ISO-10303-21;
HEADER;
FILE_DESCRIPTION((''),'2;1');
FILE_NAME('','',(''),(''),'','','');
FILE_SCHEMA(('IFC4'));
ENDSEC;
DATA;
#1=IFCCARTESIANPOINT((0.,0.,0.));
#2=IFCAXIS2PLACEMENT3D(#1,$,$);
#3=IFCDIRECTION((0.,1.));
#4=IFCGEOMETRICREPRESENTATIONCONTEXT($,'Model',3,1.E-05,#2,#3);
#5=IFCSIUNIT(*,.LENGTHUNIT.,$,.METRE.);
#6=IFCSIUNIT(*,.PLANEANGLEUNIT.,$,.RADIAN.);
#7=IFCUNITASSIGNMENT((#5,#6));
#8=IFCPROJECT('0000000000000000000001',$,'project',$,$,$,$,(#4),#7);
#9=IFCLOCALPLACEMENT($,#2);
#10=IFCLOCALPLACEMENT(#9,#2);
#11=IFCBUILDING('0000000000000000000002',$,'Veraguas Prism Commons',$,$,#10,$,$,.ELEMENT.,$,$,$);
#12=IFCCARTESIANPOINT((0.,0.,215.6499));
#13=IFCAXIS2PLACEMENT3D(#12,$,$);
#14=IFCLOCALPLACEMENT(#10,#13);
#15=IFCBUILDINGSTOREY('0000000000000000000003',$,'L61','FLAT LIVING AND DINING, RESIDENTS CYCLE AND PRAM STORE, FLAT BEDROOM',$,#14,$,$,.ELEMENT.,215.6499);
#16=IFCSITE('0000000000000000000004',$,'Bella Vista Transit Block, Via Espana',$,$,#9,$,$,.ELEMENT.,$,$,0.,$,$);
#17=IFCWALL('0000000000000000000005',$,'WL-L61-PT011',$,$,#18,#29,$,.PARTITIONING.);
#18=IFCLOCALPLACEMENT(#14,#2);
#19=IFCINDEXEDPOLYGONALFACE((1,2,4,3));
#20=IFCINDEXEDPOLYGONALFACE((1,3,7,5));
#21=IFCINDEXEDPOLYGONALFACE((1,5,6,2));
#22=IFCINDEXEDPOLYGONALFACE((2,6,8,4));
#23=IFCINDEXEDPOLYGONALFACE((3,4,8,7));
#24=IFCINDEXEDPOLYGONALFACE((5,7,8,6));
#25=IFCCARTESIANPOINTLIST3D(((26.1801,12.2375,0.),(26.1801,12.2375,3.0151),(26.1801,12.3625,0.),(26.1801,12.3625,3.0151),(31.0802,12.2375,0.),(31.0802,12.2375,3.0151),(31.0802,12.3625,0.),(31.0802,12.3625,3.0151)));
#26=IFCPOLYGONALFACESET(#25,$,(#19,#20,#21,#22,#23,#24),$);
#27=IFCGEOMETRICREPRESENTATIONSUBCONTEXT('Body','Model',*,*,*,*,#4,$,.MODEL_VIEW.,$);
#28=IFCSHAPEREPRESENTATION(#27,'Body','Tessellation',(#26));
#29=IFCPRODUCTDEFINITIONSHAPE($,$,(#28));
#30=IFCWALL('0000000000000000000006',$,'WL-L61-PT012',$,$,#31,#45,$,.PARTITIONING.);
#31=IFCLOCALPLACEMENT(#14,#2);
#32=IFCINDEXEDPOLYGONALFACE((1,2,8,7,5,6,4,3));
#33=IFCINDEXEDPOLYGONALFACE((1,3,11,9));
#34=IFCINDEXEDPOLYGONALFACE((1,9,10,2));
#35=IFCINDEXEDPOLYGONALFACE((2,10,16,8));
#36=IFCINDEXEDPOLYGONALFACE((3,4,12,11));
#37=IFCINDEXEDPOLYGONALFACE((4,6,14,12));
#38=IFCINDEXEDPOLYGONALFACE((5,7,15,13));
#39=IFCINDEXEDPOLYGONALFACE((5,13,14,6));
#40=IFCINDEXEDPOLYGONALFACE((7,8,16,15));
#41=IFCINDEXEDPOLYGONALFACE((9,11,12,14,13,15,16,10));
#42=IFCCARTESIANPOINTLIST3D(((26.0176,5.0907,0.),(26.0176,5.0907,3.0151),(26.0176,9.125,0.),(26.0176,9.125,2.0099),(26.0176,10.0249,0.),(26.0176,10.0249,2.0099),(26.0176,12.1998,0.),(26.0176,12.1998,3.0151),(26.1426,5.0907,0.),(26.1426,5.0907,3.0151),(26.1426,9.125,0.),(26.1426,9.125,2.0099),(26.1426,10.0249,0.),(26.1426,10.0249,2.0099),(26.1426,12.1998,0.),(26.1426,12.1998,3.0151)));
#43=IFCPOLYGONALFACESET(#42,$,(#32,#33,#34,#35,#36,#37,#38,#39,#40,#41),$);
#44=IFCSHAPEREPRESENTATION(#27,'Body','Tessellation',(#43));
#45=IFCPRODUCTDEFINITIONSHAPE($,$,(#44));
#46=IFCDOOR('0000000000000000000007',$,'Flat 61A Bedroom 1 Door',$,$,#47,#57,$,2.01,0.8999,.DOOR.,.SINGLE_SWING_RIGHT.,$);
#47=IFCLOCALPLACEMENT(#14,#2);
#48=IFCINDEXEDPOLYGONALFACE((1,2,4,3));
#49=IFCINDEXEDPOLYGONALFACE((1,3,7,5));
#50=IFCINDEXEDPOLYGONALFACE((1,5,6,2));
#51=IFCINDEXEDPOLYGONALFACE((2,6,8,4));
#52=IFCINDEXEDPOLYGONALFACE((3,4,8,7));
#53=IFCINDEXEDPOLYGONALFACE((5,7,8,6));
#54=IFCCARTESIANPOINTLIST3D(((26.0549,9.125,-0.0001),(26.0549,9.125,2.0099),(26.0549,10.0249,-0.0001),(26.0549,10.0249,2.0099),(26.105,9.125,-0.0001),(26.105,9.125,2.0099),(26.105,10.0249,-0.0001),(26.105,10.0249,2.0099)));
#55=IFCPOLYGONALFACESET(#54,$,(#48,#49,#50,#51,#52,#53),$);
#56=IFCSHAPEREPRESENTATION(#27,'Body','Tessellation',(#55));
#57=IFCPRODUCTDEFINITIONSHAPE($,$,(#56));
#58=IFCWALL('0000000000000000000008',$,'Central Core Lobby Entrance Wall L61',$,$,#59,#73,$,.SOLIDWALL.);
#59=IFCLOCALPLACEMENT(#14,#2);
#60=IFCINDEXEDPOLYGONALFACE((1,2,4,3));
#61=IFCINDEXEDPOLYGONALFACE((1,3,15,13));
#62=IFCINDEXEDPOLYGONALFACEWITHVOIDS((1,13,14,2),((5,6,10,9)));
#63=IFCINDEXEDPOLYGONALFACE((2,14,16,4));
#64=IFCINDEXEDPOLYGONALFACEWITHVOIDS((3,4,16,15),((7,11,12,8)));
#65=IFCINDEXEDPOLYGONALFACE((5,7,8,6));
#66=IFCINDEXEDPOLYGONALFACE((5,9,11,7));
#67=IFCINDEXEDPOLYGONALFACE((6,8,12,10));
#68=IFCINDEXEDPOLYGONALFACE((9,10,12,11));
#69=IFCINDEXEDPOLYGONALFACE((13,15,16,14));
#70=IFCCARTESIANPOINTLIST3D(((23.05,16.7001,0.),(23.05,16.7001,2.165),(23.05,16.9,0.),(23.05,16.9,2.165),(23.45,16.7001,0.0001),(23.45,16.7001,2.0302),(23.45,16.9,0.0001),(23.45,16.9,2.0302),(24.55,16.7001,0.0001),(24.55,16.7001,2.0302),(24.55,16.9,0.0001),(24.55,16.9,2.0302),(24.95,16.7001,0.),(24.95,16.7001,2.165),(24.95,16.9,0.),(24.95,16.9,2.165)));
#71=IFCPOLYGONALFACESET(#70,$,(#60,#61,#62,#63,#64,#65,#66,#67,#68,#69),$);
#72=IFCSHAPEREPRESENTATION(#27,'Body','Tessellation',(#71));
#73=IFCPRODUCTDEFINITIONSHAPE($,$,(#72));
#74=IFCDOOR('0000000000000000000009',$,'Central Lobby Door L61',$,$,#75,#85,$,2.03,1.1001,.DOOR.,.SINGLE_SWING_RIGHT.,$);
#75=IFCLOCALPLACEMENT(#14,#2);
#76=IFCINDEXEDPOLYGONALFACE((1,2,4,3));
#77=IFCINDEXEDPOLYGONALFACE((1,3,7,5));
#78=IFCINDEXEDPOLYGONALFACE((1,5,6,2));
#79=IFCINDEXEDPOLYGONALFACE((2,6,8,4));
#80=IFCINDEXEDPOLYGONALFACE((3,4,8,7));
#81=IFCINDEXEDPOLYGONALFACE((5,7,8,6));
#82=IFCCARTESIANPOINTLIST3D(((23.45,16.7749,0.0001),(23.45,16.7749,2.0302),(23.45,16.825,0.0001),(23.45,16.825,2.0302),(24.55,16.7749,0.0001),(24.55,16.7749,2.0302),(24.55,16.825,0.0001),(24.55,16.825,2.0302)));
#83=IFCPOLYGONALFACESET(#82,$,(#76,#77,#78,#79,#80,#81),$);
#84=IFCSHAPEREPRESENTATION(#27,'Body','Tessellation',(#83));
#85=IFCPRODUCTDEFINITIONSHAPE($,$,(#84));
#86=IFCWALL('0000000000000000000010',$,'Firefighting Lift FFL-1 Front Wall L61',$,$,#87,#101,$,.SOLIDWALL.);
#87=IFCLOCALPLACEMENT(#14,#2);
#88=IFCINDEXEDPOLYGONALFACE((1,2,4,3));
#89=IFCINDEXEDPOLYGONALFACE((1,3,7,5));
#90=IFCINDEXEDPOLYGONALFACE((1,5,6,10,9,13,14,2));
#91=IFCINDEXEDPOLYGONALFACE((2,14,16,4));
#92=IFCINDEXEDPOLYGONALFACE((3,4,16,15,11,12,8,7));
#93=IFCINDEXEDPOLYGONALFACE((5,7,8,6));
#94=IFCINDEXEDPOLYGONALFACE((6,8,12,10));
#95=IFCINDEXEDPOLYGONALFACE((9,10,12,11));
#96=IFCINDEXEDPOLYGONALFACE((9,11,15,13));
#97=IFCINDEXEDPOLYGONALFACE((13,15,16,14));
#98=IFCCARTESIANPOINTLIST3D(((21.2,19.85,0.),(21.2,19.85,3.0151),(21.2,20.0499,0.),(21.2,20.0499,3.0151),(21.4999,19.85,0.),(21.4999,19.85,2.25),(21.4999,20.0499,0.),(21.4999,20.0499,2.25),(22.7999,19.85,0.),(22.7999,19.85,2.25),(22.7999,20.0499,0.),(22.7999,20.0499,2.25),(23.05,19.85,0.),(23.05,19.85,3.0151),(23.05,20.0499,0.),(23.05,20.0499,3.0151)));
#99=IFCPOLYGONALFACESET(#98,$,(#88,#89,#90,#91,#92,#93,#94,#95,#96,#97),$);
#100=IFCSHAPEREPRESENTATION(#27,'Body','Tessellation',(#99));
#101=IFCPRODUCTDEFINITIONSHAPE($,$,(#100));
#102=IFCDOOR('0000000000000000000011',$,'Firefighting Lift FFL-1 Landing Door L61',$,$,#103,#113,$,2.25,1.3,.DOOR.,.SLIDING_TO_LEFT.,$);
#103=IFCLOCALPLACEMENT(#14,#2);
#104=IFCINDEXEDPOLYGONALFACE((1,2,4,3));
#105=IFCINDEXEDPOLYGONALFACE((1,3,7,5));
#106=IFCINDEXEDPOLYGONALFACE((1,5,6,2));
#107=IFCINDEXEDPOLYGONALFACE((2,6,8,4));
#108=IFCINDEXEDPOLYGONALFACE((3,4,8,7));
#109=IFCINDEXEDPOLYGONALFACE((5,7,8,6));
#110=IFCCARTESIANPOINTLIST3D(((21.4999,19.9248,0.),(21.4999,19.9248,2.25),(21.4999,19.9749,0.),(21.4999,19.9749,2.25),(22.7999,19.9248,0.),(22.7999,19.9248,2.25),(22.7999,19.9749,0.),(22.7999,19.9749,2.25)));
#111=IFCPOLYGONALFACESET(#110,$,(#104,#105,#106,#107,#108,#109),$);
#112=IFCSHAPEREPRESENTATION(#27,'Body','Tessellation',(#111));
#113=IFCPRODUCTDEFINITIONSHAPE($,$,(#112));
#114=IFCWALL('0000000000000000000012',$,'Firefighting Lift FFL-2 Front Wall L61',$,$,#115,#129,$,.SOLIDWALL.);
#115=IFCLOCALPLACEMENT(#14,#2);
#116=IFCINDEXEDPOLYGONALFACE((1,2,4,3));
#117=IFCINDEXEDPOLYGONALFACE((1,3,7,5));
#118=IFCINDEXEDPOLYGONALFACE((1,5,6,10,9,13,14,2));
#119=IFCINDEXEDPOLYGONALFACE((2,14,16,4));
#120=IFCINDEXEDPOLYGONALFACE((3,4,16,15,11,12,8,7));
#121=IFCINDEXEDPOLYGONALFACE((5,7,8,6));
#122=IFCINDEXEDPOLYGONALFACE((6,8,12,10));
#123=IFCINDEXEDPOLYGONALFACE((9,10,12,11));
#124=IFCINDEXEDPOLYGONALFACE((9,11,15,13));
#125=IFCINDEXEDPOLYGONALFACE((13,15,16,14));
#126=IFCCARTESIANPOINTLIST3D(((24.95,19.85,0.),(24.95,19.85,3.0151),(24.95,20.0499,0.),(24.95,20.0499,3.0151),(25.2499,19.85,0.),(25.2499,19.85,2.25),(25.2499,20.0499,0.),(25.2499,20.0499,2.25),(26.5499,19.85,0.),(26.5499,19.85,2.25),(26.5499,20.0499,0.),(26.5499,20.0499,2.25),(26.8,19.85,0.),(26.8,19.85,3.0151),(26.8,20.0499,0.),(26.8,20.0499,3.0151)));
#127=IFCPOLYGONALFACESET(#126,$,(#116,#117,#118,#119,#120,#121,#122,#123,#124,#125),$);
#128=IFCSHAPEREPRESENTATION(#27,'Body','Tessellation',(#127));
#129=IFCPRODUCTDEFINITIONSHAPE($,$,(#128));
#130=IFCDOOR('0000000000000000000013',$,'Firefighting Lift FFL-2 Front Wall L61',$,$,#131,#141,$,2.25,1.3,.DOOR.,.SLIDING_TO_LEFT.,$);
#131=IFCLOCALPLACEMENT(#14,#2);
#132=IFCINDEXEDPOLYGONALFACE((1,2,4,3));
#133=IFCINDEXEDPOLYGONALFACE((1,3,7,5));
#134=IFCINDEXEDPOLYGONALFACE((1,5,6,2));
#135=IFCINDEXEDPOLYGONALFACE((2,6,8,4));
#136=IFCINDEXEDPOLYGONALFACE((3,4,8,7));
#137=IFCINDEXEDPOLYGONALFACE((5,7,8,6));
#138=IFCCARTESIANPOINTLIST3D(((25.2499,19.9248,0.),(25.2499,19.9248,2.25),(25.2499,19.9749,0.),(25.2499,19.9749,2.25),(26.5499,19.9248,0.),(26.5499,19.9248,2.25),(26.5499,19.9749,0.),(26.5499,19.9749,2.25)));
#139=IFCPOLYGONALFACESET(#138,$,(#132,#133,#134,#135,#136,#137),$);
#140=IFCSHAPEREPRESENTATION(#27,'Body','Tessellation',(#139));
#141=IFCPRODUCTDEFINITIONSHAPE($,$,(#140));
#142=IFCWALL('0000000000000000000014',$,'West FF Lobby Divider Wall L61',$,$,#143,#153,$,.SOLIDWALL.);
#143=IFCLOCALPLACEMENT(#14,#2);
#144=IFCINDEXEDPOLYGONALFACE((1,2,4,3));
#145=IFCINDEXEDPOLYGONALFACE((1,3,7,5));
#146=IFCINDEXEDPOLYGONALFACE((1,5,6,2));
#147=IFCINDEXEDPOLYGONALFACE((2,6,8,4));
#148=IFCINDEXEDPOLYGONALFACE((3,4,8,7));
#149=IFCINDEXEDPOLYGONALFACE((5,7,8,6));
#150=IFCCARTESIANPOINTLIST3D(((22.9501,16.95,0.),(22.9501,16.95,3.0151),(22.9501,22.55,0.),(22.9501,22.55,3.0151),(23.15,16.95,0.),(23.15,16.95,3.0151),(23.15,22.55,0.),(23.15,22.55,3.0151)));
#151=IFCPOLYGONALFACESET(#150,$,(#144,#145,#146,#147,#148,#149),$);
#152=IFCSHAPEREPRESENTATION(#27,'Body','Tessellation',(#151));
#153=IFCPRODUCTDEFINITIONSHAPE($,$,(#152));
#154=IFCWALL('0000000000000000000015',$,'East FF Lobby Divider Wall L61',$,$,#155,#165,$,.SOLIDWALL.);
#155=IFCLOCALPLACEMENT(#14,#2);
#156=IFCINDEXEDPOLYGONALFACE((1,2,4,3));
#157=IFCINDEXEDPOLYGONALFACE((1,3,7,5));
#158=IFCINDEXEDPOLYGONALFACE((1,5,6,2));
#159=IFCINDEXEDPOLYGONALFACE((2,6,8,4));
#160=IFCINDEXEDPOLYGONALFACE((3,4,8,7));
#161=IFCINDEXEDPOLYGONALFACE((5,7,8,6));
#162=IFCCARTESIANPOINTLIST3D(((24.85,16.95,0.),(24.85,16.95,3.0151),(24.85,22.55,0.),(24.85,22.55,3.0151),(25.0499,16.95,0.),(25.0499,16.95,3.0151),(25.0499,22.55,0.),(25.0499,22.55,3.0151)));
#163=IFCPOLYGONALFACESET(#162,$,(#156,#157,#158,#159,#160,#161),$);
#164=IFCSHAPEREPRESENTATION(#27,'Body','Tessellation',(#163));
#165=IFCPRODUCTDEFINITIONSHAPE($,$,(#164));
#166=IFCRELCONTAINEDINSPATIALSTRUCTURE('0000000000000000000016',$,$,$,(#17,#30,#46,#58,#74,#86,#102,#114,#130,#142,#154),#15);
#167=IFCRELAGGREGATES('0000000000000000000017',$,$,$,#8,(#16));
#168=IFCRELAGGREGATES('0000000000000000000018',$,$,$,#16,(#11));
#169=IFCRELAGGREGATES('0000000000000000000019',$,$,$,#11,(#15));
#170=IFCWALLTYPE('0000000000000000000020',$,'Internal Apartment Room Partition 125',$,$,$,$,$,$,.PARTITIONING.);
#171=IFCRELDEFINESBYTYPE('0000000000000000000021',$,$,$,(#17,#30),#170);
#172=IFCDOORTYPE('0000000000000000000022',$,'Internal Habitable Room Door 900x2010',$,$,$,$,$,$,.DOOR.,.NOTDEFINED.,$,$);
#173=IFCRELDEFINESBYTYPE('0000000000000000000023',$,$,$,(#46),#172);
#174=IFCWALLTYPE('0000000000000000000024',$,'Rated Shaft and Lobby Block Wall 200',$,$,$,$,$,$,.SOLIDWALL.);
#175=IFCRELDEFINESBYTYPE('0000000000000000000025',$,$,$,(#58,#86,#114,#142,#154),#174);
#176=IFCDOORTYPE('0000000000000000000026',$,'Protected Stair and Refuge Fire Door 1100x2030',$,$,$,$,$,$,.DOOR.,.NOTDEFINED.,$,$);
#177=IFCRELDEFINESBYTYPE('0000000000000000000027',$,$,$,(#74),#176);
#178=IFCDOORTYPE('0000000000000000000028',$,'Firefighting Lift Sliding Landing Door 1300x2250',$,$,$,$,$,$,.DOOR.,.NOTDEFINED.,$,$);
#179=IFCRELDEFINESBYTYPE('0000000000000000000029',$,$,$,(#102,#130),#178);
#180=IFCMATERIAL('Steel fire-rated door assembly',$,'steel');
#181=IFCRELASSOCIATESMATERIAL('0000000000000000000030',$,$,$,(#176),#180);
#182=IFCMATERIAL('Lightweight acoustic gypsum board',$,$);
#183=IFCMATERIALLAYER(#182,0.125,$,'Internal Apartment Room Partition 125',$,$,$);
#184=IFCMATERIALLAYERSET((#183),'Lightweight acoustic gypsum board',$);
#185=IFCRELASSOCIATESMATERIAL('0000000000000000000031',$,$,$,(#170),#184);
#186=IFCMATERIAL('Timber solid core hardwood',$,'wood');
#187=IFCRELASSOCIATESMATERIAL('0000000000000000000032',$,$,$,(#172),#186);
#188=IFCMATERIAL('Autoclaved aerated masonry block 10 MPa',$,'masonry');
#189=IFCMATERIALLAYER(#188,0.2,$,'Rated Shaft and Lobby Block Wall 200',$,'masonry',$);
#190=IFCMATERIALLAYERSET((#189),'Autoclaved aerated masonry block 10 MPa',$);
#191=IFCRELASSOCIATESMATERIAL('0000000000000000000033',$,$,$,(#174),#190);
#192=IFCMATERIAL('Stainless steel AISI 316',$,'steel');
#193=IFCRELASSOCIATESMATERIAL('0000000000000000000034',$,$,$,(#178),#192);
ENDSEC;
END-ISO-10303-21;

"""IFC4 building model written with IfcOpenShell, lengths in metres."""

from ifc_helpers import new_model, si_unit, direction, frame, frame_2d, origin, place, context, subcontext, project, spatial, rectangle, extrude, source, transform, mapped, material, layer, layer_set, type_object, element, fill, save


model = new_model("IFC4")

# Units and contexts
model_context = context("Model", 3, precision=1e-05, world=origin(), true_north=direction((0.0, 1.0)))
body_context = subcontext(model_context, "Body", "Model", "MODEL_VIEW")
ifc_project = project(units=[si_unit("LENGTHUNIT", "METRE"), si_unit("PLANEANGLEUNIT", "RADIAN")], contexts=[model_context])

# Site, building, storey
site_placement = place(None, origin())
site = spatial("IfcSite", under=ifc_project, at=site_placement, Name="Bella Vista Transit Block, Via Espana", CompositionType="ELEMENT", RefElevation=0.0)
building_placement = place(site_placement, origin())
building = spatial("IfcBuilding", under=site, at=building_placement, Name="Veraguas Prism Commons", CompositionType="ELEMENT")
storey_placement = place(building_placement, frame((0.0, 0.0, 215.6499)))
storey = spatial("IfcBuildingStorey", under=building, at=storey_placement, Name="L61", Description="FLAT LIVING AND DINING, RESIDENTS CYCLE AND PRAM STORE, FLAT BEDROOM", CompositionType="ELEMENT", Elevation=215.6499)

# Shared definitions
ifc_material_1 = material(Name="Steel fire-rated door assembly", Category="steel")
door_type_1 = type_object("IfcDoorType", Name="Protected Stair and Refuge Fire Door 1100x2030", OperationType="NOTDEFINED", PredefinedType="DOOR", material=ifc_material_1)
shared_shape_1 = source(origin(), body_context, "Body", "SweptSolid", [
    extrude(rectangle(XDim=1.1001, YDim=2.03, at=frame_2d((0.55, 1.0151))), frame((0.0, 0.0249, 0.0), z_axis=(0.0, -1.0, 0.0), x_axis=(1.0, 0.0, 0.0)), (0.0, 0.0, 1.0), 0.05),
])

# Shared definitions
ifc_material_2 = material(Name="Lightweight acoustic gypsum board")
ifc_layer_1 = layer(ifc_material_2, 0.125, Name="Internal Apartment Room Partition 125")
ifc_layer_set_1 = layer_set([ifc_layer_1], Name="Lightweight acoustic gypsum board")
wall_type_1 = type_object("IfcWallType", Name="Internal Apartment Room Partition 125", PredefinedType="PARTITIONING", material=ifc_layer_set_1)
ifc_material_3 = material(Name="Timber solid core hardwood", Category="wood")
door_type_2 = type_object("IfcDoorType", Name="Internal Habitable Room Door 900x2010", OperationType="NOTDEFINED", PredefinedType="DOOR", material=ifc_material_3)
shared_shape_2 = source(origin(), body_context, "Body", "SweptSolid", [
    extrude(rectangle(XDim=0.8999, YDim=2.01, at=frame_2d((0.45, 1.0049))), frame((0.0, 0.0249, 0.0), z_axis=(0.0, -1.0, 0.0), x_axis=(1.0, 0.0, 0.0)), (0.0, 0.0, 1.0), 0.05),
])

# Wall
wall_1_placement = place(storey_placement, frame((26.1799, 12.3, 0.0), z_axis=(0.0, 0.0, 1.0), x_axis=(1.0, 0.0, 0.0)))
element("IfcWall", 1, at=wall_1_placement, inside=storey, type_object=wall_type_1, Name="WL-L61-PT011", PredefinedType="PARTITIONING", context=body_context, shape_type="SweptSolid", body=[
    extrude(rectangle(XDim=4.9001, YDim=0.125, at=frame_2d((2.4502, 0.0))), origin(), (0.0, 0.0, 1.0), 3.0151),
])

# Walls, openings, doors
wall_2_placement = place(storey_placement, frame((26.0801, 12.2, 0.0), z_axis=(0.0, 0.0, 1.0), x_axis=(0.0, -1.0, 0.0)))
wall_2 = element("IfcWall", 2, at=wall_2_placement, inside=storey, type_object=wall_type_1, Name="WL-L61-PT012", PredefinedType="PARTITIONING", context=body_context, shape_type="SweptSolid", body=[
    extrude(rectangle(XDim=7.1091, YDim=0.125, at=frame_2d((3.5547, 0.0))), origin(), (0.0, 0.0, 1.0), 3.0151),
])
opening_1_placement = place(wall_2_placement, frame((2.175, 0.0, 0.0)))
opening_1 = element("IfcOpeningElement", 3, at=opening_1_placement, cuts=wall_2, PredefinedType="OPENING", context=body_context, shape_type="SweptSolid", body=[
    extrude(rectangle(XDim=0.8999, YDim=2.01, at=frame_2d((0.45, 1.0049))), frame((0.0, 0.0725, 0.0), z_axis=(0.0, -1.0, 0.0), x_axis=(1.0, 0.0, 0.0)), (0.0, 0.0, 1.0), 0.145),
])
door_1_placement = place(opening_1_placement, origin())
door_1 = element("IfcDoor", 4, at=door_1_placement, inside=storey, type_object=door_type_2, Name="Flat 61A Bedroom 1 Door", OperationType="SINGLE_SWING_RIGHT", OverallHeight=2.01, OverallWidth=0.8999, PredefinedType="DOOR", context=body_context, shape_type="MappedRepresentation", body=[
    mapped(shared_shape_2, transform((0.0, 0.0, 0.0), scale=1.0)),
])
fill(opening_1, door_1)
ifc_material_4 = material(Name="Autoclaved aerated masonry block 10 MPa", Category="masonry")
ifc_layer_2 = layer(ifc_material_4, 0.2, Name="Rated Shaft and Lobby Block Wall 200", Category="masonry")
ifc_layer_set_2 = layer_set([ifc_layer_2], Name="Autoclaved aerated masonry block 10 MPa")
wall_type_2 = type_object("IfcWallType", Name="Rated Shaft and Lobby Block Wall 200", PredefinedType="SOLIDWALL", material=ifc_layer_set_2)
wall_3_placement = place(storey_placement, frame((23.05, 16.8, 0.0), z_axis=(0.0, 0.0, 1.0), x_axis=(1.0, 0.0, 0.0)))
wall_3 = element("IfcWall", 5, at=wall_3_placement, inside=storey, type_object=wall_type_2, Name="Central Core Lobby Entrance Wall L61", PredefinedType="SOLIDWALL", context=body_context, shape_type="SweptSolid", body=[
    extrude(rectangle(XDim=1.8999, YDim=0.2, at=frame_2d((0.95, 0.0))), origin(), (0.0, 0.0, 1.0), 2.165),
])
opening_2_placement = place(wall_3_placement, frame((0.3999, 0.0, 0.0)))
opening_2 = element("IfcOpeningElement", 6, at=opening_2_placement, cuts=wall_3, PredefinedType="OPENING", context=body_context, shape_type="SweptSolid", body=[
    extrude(rectangle(XDim=1.1001, YDim=2.03, at=frame_2d((0.55, 1.0151))), frame((0.0, 0.1099, 0.0), z_axis=(0.0, -1.0, 0.0), x_axis=(1.0, 0.0, 0.0)), (0.0, 0.0, 1.0), 0.22),
])
door_2_placement = place(opening_2_placement, origin())
door_2 = element("IfcDoor", 7, at=door_2_placement, inside=storey, type_object=door_type_1, Name="Central Lobby Door L61", OperationType="SINGLE_SWING_RIGHT", OverallHeight=2.03, OverallWidth=1.1001, PredefinedType="DOOR", context=body_context, shape_type="MappedRepresentation", body=[
    mapped(shared_shape_1, transform((0.0, 0.0, 0.0), scale=1.0)),
])
fill(opening_2, door_2)
wall_4_placement = place(storey_placement, frame((21.2, 19.95, 0.0), z_axis=(0.0, 0.0, 1.0), x_axis=(1.0, 0.0, 0.0)))
wall_4 = element("IfcWall", 8, at=wall_4_placement, inside=storey, type_object=wall_type_2, Name="Firefighting Lift FFL-1 Front Wall L61", PredefinedType="SOLIDWALL", context=body_context, shape_type="SweptSolid", body=[
    extrude(rectangle(XDim=1.8501, YDim=0.2, at=frame_2d((0.925, 0.0))), origin(), (0.0, 0.0, 1.0), 3.0151),
])
opening_3_placement = place(wall_4_placement, frame((0.3, 0.0, 0.0)))
opening_3 = element("IfcOpeningElement", 9, at=opening_3_placement, cuts=wall_4, PredefinedType="OPENING", context=body_context, shape_type="SweptSolid", body=[
    extrude(rectangle(XDim=1.3, YDim=2.25, at=frame_2d((0.6499, 1.125))), frame((0.0, 0.1099, 0.0), z_axis=(0.0, -1.0, 0.0), x_axis=(1.0, 0.0, 0.0)), (0.0, 0.0, 1.0), 0.22),
])
ifc_material_5 = material(Name="Stainless steel AISI 316", Category="steel")
door_type_3 = type_object("IfcDoorType", Name="Firefighting Lift Sliding Landing Door 1300x2250", OperationType="NOTDEFINED", PredefinedType="DOOR", material=ifc_material_5)
shared_shape_3 = source(origin(), body_context, "Body", "SweptSolid", [
    extrude(rectangle(XDim=1.3, YDim=2.25, at=frame_2d((0.6499, 1.125))), frame((0.0, 0.0249, 0.0), z_axis=(0.0, -1.0, 0.0), x_axis=(1.0, 0.0, 0.0)), (0.0, 0.0, 1.0), 0.05),
])
door_3_placement = place(opening_3_placement, origin())
door_3 = element("IfcDoor", 10, at=door_3_placement, inside=storey, type_object=door_type_3, Name="Firefighting Lift FFL-1 Landing Door L61", OperationType="SLIDING_TO_LEFT", OverallHeight=2.25, OverallWidth=1.3, PredefinedType="DOOR", context=body_context, shape_type="MappedRepresentation", body=[
    mapped(shared_shape_3, transform((0.0, 0.0, 0.0), scale=1.0)),
])
fill(opening_3, door_3)
wall_5_placement = place(storey_placement, frame((24.95, 19.95, 0.0), z_axis=(0.0, 0.0, 1.0), x_axis=(1.0, 0.0, 0.0)))
wall_5 = element("IfcWall", 11, at=wall_5_placement, inside=storey, type_object=wall_type_2, Name="Firefighting Lift FFL-2 Front Wall L61", PredefinedType="SOLIDWALL", context=body_context, shape_type="SweptSolid", body=[
    extrude(rectangle(XDim=1.8501, YDim=0.2, at=frame_2d((0.925, 0.0))), origin(), (0.0, 0.0, 1.0), 3.0151),
])
opening_4_placement = place(wall_5_placement, frame((0.3, 0.0, 0.0)))
opening_4 = element("IfcOpeningElement", 12, at=opening_4_placement, cuts=wall_5, PredefinedType="OPENING", context=body_context, shape_type="SweptSolid", body=[
    extrude(rectangle(XDim=1.3, YDim=2.25, at=frame_2d((0.6499, 1.125))), frame((0.0, 0.1099, 0.0), z_axis=(0.0, -1.0, 0.0), x_axis=(1.0, 0.0, 0.0)), (0.0, 0.0, 1.0), 0.22),
])
door_4_placement = place(opening_4_placement, origin())
door_4 = element("IfcDoor", 13, at=door_4_placement, inside=storey, type_object=door_type_3, Name="Firefighting Lift FFL-2 Front Wall L61", OperationType="SLIDING_TO_LEFT", OverallHeight=2.25, OverallWidth=1.3, PredefinedType="DOOR", context=body_context, shape_type="MappedRepresentation", body=[
    mapped(shared_shape_3, transform((0.0, 0.0, 0.0), scale=1.0)),
])
fill(opening_4, door_4)

# Walls
for number, where, z_axis, x_axis, name in (
    (14, (23.05, 16.95, 0.0), (0.0, 0.0, 1.0), (0.0, 1.0, 0.0), "West FF Lobby Divider Wall L61"),
    (15, (24.95, 16.95, 0.0), (0.0, 0.0, 1.0), (0.0, 1.0, 0.0), "East FF Lobby Divider Wall L61"),
):
    element("IfcWall", number, at=place(storey_placement, frame(where, z_axis=z_axis, x_axis=x_axis)), inside=storey, type_object=wall_type_2, Name=name, PredefinedType="SOLIDWALL", context=body_context, shape_type="SweptSolid", body=[
        extrude(rectangle(XDim=5.6001, YDim=0.2, at=frame_2d((2.8, 0.0))), origin(), (0.0, 0.0, 1.0), 3.0151),
    ])

save(model, "model.ifc")
